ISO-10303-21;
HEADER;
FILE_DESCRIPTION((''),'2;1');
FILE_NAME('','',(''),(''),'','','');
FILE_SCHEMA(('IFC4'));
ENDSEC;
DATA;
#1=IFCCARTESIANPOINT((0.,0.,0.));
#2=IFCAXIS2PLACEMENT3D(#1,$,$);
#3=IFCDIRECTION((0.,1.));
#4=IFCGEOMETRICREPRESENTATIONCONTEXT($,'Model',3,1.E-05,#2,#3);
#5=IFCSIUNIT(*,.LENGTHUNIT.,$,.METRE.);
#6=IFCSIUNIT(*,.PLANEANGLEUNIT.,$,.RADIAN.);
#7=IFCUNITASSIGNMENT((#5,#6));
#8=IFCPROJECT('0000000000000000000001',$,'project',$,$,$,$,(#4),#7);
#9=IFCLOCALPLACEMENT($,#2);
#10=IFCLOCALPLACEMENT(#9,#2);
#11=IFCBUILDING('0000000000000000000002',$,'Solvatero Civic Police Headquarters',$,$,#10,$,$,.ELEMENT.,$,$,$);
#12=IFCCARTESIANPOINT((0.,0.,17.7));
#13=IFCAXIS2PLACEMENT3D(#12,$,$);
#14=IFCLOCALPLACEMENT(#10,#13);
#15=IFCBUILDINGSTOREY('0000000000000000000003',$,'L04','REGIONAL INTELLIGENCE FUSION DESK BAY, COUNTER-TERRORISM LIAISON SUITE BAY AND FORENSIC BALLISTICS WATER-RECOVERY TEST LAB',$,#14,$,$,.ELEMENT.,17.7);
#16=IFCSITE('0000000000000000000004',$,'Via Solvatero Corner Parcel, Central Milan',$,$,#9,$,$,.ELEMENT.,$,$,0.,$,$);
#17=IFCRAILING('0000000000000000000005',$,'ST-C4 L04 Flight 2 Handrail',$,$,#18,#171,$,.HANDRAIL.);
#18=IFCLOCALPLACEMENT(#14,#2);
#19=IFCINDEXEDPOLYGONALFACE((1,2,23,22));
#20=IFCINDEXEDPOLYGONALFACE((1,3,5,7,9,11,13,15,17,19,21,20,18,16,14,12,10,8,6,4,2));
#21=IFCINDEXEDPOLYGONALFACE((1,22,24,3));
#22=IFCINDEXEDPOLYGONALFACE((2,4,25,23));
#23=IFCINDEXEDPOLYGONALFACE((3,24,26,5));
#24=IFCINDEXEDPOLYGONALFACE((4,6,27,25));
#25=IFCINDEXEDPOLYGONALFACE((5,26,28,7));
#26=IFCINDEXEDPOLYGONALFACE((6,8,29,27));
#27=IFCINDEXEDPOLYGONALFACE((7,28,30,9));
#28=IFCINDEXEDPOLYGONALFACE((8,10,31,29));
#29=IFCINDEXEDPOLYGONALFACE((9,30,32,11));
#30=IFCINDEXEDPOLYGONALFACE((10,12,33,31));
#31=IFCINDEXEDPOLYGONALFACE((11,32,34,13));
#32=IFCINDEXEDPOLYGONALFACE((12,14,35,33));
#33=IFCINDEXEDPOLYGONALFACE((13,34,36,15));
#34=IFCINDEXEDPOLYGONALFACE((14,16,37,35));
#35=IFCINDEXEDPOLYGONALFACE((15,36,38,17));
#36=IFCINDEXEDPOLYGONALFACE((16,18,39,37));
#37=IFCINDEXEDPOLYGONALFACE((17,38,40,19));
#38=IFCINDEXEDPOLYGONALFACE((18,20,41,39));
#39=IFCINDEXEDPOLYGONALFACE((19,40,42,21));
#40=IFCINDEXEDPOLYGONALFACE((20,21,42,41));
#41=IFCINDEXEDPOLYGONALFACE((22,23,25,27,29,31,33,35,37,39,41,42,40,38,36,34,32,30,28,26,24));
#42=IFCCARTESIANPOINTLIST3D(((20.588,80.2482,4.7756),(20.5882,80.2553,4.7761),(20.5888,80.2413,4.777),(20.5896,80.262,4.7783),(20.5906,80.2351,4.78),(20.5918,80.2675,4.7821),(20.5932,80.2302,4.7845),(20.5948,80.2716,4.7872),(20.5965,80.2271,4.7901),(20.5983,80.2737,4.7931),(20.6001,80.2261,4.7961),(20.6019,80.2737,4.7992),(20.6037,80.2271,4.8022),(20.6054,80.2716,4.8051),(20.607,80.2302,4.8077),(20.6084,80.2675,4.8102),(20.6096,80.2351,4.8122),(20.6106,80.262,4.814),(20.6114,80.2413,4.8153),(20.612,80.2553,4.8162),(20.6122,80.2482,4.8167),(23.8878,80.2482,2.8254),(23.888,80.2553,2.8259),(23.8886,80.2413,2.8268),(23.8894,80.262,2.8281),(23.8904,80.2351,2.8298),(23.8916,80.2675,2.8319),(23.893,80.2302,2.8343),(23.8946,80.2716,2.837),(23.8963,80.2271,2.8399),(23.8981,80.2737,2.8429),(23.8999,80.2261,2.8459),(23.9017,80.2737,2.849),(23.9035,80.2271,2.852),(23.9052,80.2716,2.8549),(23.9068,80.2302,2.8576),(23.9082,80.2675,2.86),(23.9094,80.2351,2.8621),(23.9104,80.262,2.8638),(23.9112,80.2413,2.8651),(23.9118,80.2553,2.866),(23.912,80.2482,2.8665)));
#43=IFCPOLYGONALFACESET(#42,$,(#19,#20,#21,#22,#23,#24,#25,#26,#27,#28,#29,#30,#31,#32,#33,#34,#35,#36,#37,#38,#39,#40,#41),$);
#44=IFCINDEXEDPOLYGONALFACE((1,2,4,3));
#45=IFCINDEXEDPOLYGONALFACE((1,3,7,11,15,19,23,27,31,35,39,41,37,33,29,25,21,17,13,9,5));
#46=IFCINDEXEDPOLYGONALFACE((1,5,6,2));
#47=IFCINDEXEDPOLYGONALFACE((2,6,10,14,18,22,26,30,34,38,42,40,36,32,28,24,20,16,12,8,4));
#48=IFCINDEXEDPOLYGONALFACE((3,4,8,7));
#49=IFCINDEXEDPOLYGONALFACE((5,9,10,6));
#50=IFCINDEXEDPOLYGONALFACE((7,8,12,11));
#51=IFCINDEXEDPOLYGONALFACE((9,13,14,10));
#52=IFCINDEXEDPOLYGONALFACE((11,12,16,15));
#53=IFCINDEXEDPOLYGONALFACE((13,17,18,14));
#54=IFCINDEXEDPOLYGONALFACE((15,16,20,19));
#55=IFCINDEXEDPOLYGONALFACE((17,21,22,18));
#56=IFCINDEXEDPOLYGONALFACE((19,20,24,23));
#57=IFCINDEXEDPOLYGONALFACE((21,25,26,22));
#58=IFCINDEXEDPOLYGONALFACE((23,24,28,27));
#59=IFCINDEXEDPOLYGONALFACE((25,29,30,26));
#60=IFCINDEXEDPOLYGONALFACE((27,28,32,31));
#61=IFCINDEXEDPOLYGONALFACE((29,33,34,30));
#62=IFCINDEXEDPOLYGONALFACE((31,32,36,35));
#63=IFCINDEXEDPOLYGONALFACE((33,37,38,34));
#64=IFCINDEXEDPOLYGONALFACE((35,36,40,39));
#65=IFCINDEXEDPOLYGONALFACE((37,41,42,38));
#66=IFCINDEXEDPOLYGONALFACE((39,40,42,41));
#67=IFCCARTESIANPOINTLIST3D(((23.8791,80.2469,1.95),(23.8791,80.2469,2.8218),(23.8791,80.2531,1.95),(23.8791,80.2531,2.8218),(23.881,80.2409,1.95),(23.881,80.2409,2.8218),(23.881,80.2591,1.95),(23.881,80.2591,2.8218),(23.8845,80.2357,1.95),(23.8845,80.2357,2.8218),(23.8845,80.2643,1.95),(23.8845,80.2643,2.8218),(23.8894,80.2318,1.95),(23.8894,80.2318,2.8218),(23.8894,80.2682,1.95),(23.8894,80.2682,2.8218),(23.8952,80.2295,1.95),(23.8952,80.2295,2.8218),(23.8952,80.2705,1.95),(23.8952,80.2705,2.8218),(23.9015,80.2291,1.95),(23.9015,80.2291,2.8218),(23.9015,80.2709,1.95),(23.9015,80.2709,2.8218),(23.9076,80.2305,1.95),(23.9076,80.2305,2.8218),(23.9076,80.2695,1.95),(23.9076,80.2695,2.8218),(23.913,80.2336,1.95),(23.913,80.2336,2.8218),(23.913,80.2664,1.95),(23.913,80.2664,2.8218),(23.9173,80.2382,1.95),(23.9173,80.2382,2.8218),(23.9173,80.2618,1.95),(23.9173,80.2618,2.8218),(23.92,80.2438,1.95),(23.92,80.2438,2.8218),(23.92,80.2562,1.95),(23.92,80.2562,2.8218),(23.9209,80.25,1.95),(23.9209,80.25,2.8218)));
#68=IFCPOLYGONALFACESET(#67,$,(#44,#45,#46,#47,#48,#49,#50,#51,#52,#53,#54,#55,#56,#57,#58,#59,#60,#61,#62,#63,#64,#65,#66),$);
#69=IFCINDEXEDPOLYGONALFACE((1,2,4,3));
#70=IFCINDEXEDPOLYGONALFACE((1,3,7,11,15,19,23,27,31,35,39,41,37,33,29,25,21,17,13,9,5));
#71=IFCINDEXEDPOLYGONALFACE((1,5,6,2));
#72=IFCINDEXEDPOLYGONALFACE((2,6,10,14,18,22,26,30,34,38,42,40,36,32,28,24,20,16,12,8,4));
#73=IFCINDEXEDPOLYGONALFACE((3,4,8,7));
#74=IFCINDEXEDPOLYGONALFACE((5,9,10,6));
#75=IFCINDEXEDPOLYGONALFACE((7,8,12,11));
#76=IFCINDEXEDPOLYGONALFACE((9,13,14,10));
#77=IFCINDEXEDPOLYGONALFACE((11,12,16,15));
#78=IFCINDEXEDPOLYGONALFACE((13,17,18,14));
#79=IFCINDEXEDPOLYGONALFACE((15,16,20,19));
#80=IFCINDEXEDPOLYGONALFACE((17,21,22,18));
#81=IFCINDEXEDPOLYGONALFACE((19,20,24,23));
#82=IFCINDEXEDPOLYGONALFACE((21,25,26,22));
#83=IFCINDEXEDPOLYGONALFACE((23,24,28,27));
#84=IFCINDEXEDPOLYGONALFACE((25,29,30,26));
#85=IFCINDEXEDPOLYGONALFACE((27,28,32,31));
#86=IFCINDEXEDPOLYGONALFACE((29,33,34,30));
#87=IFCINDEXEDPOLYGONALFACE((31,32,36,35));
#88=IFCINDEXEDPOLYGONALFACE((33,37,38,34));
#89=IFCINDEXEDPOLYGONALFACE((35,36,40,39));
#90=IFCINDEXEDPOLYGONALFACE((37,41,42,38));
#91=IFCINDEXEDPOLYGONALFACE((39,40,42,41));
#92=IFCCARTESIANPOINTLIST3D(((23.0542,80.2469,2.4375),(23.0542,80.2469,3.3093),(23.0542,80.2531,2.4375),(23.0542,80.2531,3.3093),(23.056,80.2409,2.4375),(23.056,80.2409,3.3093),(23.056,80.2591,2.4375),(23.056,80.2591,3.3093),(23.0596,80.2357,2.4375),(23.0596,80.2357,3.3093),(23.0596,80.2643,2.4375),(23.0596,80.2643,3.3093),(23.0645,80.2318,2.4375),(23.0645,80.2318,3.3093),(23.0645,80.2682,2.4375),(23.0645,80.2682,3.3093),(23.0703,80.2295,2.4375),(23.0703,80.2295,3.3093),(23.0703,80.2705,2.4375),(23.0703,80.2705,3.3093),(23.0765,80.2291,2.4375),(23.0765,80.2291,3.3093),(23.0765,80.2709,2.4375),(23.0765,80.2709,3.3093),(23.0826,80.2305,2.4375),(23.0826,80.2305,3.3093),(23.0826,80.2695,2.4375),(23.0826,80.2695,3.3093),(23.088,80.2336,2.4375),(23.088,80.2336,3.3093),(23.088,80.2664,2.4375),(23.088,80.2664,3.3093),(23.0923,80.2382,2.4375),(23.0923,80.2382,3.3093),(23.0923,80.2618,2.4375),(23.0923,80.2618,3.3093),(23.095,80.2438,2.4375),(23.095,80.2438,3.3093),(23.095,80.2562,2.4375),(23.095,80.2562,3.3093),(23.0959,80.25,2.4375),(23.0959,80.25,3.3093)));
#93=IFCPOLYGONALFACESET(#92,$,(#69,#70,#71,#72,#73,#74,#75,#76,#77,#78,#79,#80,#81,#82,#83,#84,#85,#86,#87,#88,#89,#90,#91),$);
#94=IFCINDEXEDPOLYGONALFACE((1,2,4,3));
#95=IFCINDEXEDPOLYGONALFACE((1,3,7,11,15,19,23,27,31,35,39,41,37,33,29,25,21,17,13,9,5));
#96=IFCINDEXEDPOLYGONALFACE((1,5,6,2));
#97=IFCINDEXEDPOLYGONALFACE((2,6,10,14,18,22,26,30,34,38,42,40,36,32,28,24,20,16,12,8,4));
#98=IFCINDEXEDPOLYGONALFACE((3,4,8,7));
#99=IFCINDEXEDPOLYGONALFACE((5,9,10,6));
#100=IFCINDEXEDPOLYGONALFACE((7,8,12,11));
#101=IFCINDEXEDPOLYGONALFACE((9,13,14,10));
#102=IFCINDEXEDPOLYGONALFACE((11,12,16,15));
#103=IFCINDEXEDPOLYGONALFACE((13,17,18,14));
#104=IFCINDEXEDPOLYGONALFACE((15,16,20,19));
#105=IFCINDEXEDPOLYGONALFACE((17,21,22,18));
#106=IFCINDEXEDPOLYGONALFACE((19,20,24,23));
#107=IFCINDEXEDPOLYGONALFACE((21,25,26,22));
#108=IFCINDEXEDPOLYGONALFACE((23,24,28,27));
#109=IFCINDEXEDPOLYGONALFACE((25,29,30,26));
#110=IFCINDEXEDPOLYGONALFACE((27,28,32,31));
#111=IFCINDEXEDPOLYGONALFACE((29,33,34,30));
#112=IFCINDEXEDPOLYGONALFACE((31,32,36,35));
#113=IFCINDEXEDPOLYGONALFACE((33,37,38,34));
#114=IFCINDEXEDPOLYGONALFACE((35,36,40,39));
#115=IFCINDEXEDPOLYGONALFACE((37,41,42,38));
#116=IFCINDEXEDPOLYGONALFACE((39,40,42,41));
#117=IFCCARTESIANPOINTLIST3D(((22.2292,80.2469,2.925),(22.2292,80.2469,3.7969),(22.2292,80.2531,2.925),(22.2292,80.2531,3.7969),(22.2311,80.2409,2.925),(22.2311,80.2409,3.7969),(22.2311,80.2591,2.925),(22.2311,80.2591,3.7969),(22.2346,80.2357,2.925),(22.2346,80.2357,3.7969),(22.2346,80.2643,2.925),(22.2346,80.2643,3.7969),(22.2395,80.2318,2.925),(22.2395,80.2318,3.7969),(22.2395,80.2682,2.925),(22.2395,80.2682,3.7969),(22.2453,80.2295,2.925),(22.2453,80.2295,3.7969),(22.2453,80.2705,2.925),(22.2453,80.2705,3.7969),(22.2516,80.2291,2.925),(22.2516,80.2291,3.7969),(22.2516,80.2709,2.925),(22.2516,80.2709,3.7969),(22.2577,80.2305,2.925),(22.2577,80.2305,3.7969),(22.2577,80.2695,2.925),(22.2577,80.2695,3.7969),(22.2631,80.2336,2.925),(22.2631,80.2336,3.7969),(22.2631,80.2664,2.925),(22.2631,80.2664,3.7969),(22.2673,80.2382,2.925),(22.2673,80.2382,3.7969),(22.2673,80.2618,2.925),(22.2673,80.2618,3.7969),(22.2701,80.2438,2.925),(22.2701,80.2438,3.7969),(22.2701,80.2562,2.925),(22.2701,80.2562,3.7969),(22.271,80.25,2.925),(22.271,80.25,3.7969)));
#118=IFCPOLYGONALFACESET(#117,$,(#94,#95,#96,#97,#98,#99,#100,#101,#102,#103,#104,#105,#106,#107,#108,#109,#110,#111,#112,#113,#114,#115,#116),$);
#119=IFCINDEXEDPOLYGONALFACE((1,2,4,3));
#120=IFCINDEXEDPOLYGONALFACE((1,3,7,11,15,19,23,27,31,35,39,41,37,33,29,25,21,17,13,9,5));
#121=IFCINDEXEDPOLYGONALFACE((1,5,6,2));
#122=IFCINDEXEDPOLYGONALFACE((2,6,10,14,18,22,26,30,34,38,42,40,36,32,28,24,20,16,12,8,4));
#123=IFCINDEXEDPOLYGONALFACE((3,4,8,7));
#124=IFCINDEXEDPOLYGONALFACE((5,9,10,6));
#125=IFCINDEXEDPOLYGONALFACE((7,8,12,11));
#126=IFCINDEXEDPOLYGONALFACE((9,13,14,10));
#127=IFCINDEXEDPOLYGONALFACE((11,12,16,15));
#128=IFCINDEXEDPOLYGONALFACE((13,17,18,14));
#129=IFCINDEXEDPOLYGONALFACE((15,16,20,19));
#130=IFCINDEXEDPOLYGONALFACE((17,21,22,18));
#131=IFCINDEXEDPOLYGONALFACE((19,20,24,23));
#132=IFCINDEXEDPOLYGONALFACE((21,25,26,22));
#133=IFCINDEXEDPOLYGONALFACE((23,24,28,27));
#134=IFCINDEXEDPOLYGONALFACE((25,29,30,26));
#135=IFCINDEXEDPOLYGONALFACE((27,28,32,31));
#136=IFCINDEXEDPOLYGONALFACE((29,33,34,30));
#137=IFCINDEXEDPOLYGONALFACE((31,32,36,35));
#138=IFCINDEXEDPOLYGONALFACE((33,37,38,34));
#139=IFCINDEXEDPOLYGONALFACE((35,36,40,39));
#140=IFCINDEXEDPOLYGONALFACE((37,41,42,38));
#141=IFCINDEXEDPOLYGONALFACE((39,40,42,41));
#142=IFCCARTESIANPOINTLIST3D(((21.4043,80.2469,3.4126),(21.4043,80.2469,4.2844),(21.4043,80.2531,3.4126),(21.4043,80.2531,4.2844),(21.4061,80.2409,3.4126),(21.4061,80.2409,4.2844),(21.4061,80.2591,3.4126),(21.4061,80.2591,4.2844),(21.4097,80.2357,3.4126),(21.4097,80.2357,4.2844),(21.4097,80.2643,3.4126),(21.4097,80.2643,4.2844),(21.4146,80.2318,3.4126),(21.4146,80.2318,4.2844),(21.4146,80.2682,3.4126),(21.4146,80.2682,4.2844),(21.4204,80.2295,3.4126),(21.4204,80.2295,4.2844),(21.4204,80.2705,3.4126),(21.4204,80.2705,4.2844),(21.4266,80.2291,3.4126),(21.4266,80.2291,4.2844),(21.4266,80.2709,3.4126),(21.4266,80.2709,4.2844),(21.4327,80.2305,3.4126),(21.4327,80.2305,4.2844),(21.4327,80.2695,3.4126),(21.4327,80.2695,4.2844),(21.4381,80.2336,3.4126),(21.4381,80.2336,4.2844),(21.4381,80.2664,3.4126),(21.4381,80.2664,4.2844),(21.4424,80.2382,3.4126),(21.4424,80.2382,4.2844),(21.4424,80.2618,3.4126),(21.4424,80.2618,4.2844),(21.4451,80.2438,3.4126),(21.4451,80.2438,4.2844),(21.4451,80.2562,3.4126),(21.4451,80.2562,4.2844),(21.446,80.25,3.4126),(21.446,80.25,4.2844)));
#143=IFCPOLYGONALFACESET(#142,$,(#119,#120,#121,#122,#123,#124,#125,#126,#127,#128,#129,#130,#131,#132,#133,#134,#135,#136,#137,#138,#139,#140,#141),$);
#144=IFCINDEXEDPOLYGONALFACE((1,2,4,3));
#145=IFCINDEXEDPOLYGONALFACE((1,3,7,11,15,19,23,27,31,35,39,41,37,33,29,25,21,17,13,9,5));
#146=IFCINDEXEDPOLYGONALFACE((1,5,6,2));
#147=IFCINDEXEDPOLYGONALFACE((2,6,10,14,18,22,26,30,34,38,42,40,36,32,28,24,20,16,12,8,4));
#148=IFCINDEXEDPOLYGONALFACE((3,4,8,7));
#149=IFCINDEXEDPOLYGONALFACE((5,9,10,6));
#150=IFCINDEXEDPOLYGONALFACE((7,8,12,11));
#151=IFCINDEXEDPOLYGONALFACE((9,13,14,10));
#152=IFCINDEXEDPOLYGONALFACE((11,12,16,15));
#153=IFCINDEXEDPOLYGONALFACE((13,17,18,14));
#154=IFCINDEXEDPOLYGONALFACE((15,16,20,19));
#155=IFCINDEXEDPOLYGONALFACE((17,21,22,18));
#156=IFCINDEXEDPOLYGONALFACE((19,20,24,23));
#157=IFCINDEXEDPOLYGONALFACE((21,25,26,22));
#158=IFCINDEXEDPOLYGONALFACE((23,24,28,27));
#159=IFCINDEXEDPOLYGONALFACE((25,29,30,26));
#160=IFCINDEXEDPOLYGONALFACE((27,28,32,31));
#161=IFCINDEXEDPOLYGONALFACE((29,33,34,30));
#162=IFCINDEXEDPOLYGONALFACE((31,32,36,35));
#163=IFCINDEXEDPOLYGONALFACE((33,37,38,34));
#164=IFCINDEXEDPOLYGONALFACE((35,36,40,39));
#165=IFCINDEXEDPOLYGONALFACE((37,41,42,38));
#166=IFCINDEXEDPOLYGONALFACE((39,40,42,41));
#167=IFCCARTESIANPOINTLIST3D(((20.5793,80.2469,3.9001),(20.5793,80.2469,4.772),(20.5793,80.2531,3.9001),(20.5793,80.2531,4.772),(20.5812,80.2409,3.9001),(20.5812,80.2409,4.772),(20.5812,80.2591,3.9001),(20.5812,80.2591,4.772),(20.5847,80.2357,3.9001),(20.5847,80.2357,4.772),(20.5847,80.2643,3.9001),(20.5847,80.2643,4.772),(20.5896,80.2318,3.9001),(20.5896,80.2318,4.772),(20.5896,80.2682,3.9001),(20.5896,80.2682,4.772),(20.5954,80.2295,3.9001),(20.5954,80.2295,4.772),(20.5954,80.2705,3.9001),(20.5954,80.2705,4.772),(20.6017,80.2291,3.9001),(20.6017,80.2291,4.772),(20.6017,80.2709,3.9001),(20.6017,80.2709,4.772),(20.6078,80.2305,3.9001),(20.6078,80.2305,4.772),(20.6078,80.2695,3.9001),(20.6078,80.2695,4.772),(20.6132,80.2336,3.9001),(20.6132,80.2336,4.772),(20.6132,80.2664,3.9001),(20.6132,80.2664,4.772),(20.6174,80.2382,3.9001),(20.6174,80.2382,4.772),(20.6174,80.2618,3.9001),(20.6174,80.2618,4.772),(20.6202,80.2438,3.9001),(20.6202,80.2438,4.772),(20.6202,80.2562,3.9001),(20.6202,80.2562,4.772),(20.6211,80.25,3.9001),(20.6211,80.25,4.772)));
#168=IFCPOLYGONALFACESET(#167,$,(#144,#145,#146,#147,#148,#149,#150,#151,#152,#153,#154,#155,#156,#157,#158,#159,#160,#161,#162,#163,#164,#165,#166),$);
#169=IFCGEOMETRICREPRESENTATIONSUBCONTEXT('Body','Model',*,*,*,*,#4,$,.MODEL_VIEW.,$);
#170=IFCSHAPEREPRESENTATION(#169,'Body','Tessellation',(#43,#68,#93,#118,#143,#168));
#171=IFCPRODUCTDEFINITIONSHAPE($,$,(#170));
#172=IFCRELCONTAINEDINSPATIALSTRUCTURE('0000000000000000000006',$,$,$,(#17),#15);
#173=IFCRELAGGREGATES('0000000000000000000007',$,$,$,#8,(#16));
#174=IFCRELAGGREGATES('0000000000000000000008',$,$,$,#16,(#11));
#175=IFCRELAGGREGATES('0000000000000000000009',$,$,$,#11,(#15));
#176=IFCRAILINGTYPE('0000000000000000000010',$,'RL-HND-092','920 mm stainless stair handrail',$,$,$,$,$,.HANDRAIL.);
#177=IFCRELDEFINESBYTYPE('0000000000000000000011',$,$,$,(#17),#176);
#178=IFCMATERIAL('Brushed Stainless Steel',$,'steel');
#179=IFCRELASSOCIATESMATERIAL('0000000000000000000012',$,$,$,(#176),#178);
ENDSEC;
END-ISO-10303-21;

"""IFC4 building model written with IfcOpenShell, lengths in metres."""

from ifc_helpers import new_model, si_unit, direction, frame, origin, origin_2d, place, context, subcontext, project, spatial, circle, extrude, material, type_object, element, save


model = new_model("IFC4")

# Units and contexts
model_context = context("Model", 3, precision=1e-05, world=origin(), true_north=direction((0.0, 1.0)))
body_context = subcontext(model_context, "Body", "Model", "MODEL_VIEW")
ifc_project = project(units=[si_unit("LENGTHUNIT", "METRE"), si_unit("PLANEANGLEUNIT", "RADIAN")], contexts=[model_context])

# Site, building, storey
site_placement = place(None, origin())
site = spatial("IfcSite", under=ifc_project, at=site_placement, Name="Via Solvatero Corner Parcel, Central Milan", CompositionType="ELEMENT", RefElevation=0.0)
building_placement = place(site_placement, origin())
building = spatial("IfcBuilding", under=site, at=building_placement, Name="Solvatero Civic Police Headquarters", CompositionType="ELEMENT")
storey_placement = place(building_placement, frame((0.0, 0.0, 17.7)))
storey = spatial("IfcBuildingStorey", under=building, at=storey_placement, Name="L04", Description="REGIONAL INTELLIGENCE FUSION DESK BAY, COUNTER-TERRORISM LIAISON SUITE BAY AND FORENSIC BALLISTICS WATER-RECOVERY TEST LAB", CompositionType="ELEMENT", Elevation=17.7)

# Railing
ifc_material_1 = material(Name="Brushed Stainless Steel", Category="steel")
railing_type_1 = type_object("IfcRailingType", Name="RL-HND-092", Description="920 mm stainless stair handrail", PredefinedType="HANDRAIL", material=ifc_material_1)
railing_1_placement = place(storey_placement, frame((23.8999, 80.25, 1.95)))
element("IfcRailing", 1, at=railing_1_placement, inside=storey, type_object=railing_type_1, Name="ST-C4 L04 Flight 2 Handrail", PredefinedType="HANDRAIL", context=body_context, shape_type="SweptSolid", body=[
    extrude(circle(Radius=0.0239, at=origin_2d()), frame((0.0, 0.0, 0.896), z_axis=(-0.860891, 0.0, 0.508789), x_axis=(0.0, -1.0, 0.0)), (0.0, 0.0, 1.0), 3.833),
    extrude(circle(Radius=0.021, at=origin_2d()), origin(), (0.0, 0.0, 1.0), 0.8718),
    extrude(circle(Radius=0.021, at=origin_2d()), frame((-0.825, 0.0, 0.4875)), (0.0, 0.0, 1.0), 0.8718),
    extrude(circle(Radius=0.021, at=origin_2d()), frame((-1.6499, 0.0, 0.9751)), (0.0, 0.0, 1.0), 0.8718),
    extrude(circle(Radius=0.021, at=origin_2d()), frame((-2.4749, 0.0, 1.4626)), (0.0, 0.0, 1.0), 0.8718),
    extrude(circle(Radius=0.021, at=origin_2d()), frame((-3.2998, 0.0, 1.9502)), (0.0, 0.0, 1.0), 0.8718),
])

save(model, "model.ifc")
